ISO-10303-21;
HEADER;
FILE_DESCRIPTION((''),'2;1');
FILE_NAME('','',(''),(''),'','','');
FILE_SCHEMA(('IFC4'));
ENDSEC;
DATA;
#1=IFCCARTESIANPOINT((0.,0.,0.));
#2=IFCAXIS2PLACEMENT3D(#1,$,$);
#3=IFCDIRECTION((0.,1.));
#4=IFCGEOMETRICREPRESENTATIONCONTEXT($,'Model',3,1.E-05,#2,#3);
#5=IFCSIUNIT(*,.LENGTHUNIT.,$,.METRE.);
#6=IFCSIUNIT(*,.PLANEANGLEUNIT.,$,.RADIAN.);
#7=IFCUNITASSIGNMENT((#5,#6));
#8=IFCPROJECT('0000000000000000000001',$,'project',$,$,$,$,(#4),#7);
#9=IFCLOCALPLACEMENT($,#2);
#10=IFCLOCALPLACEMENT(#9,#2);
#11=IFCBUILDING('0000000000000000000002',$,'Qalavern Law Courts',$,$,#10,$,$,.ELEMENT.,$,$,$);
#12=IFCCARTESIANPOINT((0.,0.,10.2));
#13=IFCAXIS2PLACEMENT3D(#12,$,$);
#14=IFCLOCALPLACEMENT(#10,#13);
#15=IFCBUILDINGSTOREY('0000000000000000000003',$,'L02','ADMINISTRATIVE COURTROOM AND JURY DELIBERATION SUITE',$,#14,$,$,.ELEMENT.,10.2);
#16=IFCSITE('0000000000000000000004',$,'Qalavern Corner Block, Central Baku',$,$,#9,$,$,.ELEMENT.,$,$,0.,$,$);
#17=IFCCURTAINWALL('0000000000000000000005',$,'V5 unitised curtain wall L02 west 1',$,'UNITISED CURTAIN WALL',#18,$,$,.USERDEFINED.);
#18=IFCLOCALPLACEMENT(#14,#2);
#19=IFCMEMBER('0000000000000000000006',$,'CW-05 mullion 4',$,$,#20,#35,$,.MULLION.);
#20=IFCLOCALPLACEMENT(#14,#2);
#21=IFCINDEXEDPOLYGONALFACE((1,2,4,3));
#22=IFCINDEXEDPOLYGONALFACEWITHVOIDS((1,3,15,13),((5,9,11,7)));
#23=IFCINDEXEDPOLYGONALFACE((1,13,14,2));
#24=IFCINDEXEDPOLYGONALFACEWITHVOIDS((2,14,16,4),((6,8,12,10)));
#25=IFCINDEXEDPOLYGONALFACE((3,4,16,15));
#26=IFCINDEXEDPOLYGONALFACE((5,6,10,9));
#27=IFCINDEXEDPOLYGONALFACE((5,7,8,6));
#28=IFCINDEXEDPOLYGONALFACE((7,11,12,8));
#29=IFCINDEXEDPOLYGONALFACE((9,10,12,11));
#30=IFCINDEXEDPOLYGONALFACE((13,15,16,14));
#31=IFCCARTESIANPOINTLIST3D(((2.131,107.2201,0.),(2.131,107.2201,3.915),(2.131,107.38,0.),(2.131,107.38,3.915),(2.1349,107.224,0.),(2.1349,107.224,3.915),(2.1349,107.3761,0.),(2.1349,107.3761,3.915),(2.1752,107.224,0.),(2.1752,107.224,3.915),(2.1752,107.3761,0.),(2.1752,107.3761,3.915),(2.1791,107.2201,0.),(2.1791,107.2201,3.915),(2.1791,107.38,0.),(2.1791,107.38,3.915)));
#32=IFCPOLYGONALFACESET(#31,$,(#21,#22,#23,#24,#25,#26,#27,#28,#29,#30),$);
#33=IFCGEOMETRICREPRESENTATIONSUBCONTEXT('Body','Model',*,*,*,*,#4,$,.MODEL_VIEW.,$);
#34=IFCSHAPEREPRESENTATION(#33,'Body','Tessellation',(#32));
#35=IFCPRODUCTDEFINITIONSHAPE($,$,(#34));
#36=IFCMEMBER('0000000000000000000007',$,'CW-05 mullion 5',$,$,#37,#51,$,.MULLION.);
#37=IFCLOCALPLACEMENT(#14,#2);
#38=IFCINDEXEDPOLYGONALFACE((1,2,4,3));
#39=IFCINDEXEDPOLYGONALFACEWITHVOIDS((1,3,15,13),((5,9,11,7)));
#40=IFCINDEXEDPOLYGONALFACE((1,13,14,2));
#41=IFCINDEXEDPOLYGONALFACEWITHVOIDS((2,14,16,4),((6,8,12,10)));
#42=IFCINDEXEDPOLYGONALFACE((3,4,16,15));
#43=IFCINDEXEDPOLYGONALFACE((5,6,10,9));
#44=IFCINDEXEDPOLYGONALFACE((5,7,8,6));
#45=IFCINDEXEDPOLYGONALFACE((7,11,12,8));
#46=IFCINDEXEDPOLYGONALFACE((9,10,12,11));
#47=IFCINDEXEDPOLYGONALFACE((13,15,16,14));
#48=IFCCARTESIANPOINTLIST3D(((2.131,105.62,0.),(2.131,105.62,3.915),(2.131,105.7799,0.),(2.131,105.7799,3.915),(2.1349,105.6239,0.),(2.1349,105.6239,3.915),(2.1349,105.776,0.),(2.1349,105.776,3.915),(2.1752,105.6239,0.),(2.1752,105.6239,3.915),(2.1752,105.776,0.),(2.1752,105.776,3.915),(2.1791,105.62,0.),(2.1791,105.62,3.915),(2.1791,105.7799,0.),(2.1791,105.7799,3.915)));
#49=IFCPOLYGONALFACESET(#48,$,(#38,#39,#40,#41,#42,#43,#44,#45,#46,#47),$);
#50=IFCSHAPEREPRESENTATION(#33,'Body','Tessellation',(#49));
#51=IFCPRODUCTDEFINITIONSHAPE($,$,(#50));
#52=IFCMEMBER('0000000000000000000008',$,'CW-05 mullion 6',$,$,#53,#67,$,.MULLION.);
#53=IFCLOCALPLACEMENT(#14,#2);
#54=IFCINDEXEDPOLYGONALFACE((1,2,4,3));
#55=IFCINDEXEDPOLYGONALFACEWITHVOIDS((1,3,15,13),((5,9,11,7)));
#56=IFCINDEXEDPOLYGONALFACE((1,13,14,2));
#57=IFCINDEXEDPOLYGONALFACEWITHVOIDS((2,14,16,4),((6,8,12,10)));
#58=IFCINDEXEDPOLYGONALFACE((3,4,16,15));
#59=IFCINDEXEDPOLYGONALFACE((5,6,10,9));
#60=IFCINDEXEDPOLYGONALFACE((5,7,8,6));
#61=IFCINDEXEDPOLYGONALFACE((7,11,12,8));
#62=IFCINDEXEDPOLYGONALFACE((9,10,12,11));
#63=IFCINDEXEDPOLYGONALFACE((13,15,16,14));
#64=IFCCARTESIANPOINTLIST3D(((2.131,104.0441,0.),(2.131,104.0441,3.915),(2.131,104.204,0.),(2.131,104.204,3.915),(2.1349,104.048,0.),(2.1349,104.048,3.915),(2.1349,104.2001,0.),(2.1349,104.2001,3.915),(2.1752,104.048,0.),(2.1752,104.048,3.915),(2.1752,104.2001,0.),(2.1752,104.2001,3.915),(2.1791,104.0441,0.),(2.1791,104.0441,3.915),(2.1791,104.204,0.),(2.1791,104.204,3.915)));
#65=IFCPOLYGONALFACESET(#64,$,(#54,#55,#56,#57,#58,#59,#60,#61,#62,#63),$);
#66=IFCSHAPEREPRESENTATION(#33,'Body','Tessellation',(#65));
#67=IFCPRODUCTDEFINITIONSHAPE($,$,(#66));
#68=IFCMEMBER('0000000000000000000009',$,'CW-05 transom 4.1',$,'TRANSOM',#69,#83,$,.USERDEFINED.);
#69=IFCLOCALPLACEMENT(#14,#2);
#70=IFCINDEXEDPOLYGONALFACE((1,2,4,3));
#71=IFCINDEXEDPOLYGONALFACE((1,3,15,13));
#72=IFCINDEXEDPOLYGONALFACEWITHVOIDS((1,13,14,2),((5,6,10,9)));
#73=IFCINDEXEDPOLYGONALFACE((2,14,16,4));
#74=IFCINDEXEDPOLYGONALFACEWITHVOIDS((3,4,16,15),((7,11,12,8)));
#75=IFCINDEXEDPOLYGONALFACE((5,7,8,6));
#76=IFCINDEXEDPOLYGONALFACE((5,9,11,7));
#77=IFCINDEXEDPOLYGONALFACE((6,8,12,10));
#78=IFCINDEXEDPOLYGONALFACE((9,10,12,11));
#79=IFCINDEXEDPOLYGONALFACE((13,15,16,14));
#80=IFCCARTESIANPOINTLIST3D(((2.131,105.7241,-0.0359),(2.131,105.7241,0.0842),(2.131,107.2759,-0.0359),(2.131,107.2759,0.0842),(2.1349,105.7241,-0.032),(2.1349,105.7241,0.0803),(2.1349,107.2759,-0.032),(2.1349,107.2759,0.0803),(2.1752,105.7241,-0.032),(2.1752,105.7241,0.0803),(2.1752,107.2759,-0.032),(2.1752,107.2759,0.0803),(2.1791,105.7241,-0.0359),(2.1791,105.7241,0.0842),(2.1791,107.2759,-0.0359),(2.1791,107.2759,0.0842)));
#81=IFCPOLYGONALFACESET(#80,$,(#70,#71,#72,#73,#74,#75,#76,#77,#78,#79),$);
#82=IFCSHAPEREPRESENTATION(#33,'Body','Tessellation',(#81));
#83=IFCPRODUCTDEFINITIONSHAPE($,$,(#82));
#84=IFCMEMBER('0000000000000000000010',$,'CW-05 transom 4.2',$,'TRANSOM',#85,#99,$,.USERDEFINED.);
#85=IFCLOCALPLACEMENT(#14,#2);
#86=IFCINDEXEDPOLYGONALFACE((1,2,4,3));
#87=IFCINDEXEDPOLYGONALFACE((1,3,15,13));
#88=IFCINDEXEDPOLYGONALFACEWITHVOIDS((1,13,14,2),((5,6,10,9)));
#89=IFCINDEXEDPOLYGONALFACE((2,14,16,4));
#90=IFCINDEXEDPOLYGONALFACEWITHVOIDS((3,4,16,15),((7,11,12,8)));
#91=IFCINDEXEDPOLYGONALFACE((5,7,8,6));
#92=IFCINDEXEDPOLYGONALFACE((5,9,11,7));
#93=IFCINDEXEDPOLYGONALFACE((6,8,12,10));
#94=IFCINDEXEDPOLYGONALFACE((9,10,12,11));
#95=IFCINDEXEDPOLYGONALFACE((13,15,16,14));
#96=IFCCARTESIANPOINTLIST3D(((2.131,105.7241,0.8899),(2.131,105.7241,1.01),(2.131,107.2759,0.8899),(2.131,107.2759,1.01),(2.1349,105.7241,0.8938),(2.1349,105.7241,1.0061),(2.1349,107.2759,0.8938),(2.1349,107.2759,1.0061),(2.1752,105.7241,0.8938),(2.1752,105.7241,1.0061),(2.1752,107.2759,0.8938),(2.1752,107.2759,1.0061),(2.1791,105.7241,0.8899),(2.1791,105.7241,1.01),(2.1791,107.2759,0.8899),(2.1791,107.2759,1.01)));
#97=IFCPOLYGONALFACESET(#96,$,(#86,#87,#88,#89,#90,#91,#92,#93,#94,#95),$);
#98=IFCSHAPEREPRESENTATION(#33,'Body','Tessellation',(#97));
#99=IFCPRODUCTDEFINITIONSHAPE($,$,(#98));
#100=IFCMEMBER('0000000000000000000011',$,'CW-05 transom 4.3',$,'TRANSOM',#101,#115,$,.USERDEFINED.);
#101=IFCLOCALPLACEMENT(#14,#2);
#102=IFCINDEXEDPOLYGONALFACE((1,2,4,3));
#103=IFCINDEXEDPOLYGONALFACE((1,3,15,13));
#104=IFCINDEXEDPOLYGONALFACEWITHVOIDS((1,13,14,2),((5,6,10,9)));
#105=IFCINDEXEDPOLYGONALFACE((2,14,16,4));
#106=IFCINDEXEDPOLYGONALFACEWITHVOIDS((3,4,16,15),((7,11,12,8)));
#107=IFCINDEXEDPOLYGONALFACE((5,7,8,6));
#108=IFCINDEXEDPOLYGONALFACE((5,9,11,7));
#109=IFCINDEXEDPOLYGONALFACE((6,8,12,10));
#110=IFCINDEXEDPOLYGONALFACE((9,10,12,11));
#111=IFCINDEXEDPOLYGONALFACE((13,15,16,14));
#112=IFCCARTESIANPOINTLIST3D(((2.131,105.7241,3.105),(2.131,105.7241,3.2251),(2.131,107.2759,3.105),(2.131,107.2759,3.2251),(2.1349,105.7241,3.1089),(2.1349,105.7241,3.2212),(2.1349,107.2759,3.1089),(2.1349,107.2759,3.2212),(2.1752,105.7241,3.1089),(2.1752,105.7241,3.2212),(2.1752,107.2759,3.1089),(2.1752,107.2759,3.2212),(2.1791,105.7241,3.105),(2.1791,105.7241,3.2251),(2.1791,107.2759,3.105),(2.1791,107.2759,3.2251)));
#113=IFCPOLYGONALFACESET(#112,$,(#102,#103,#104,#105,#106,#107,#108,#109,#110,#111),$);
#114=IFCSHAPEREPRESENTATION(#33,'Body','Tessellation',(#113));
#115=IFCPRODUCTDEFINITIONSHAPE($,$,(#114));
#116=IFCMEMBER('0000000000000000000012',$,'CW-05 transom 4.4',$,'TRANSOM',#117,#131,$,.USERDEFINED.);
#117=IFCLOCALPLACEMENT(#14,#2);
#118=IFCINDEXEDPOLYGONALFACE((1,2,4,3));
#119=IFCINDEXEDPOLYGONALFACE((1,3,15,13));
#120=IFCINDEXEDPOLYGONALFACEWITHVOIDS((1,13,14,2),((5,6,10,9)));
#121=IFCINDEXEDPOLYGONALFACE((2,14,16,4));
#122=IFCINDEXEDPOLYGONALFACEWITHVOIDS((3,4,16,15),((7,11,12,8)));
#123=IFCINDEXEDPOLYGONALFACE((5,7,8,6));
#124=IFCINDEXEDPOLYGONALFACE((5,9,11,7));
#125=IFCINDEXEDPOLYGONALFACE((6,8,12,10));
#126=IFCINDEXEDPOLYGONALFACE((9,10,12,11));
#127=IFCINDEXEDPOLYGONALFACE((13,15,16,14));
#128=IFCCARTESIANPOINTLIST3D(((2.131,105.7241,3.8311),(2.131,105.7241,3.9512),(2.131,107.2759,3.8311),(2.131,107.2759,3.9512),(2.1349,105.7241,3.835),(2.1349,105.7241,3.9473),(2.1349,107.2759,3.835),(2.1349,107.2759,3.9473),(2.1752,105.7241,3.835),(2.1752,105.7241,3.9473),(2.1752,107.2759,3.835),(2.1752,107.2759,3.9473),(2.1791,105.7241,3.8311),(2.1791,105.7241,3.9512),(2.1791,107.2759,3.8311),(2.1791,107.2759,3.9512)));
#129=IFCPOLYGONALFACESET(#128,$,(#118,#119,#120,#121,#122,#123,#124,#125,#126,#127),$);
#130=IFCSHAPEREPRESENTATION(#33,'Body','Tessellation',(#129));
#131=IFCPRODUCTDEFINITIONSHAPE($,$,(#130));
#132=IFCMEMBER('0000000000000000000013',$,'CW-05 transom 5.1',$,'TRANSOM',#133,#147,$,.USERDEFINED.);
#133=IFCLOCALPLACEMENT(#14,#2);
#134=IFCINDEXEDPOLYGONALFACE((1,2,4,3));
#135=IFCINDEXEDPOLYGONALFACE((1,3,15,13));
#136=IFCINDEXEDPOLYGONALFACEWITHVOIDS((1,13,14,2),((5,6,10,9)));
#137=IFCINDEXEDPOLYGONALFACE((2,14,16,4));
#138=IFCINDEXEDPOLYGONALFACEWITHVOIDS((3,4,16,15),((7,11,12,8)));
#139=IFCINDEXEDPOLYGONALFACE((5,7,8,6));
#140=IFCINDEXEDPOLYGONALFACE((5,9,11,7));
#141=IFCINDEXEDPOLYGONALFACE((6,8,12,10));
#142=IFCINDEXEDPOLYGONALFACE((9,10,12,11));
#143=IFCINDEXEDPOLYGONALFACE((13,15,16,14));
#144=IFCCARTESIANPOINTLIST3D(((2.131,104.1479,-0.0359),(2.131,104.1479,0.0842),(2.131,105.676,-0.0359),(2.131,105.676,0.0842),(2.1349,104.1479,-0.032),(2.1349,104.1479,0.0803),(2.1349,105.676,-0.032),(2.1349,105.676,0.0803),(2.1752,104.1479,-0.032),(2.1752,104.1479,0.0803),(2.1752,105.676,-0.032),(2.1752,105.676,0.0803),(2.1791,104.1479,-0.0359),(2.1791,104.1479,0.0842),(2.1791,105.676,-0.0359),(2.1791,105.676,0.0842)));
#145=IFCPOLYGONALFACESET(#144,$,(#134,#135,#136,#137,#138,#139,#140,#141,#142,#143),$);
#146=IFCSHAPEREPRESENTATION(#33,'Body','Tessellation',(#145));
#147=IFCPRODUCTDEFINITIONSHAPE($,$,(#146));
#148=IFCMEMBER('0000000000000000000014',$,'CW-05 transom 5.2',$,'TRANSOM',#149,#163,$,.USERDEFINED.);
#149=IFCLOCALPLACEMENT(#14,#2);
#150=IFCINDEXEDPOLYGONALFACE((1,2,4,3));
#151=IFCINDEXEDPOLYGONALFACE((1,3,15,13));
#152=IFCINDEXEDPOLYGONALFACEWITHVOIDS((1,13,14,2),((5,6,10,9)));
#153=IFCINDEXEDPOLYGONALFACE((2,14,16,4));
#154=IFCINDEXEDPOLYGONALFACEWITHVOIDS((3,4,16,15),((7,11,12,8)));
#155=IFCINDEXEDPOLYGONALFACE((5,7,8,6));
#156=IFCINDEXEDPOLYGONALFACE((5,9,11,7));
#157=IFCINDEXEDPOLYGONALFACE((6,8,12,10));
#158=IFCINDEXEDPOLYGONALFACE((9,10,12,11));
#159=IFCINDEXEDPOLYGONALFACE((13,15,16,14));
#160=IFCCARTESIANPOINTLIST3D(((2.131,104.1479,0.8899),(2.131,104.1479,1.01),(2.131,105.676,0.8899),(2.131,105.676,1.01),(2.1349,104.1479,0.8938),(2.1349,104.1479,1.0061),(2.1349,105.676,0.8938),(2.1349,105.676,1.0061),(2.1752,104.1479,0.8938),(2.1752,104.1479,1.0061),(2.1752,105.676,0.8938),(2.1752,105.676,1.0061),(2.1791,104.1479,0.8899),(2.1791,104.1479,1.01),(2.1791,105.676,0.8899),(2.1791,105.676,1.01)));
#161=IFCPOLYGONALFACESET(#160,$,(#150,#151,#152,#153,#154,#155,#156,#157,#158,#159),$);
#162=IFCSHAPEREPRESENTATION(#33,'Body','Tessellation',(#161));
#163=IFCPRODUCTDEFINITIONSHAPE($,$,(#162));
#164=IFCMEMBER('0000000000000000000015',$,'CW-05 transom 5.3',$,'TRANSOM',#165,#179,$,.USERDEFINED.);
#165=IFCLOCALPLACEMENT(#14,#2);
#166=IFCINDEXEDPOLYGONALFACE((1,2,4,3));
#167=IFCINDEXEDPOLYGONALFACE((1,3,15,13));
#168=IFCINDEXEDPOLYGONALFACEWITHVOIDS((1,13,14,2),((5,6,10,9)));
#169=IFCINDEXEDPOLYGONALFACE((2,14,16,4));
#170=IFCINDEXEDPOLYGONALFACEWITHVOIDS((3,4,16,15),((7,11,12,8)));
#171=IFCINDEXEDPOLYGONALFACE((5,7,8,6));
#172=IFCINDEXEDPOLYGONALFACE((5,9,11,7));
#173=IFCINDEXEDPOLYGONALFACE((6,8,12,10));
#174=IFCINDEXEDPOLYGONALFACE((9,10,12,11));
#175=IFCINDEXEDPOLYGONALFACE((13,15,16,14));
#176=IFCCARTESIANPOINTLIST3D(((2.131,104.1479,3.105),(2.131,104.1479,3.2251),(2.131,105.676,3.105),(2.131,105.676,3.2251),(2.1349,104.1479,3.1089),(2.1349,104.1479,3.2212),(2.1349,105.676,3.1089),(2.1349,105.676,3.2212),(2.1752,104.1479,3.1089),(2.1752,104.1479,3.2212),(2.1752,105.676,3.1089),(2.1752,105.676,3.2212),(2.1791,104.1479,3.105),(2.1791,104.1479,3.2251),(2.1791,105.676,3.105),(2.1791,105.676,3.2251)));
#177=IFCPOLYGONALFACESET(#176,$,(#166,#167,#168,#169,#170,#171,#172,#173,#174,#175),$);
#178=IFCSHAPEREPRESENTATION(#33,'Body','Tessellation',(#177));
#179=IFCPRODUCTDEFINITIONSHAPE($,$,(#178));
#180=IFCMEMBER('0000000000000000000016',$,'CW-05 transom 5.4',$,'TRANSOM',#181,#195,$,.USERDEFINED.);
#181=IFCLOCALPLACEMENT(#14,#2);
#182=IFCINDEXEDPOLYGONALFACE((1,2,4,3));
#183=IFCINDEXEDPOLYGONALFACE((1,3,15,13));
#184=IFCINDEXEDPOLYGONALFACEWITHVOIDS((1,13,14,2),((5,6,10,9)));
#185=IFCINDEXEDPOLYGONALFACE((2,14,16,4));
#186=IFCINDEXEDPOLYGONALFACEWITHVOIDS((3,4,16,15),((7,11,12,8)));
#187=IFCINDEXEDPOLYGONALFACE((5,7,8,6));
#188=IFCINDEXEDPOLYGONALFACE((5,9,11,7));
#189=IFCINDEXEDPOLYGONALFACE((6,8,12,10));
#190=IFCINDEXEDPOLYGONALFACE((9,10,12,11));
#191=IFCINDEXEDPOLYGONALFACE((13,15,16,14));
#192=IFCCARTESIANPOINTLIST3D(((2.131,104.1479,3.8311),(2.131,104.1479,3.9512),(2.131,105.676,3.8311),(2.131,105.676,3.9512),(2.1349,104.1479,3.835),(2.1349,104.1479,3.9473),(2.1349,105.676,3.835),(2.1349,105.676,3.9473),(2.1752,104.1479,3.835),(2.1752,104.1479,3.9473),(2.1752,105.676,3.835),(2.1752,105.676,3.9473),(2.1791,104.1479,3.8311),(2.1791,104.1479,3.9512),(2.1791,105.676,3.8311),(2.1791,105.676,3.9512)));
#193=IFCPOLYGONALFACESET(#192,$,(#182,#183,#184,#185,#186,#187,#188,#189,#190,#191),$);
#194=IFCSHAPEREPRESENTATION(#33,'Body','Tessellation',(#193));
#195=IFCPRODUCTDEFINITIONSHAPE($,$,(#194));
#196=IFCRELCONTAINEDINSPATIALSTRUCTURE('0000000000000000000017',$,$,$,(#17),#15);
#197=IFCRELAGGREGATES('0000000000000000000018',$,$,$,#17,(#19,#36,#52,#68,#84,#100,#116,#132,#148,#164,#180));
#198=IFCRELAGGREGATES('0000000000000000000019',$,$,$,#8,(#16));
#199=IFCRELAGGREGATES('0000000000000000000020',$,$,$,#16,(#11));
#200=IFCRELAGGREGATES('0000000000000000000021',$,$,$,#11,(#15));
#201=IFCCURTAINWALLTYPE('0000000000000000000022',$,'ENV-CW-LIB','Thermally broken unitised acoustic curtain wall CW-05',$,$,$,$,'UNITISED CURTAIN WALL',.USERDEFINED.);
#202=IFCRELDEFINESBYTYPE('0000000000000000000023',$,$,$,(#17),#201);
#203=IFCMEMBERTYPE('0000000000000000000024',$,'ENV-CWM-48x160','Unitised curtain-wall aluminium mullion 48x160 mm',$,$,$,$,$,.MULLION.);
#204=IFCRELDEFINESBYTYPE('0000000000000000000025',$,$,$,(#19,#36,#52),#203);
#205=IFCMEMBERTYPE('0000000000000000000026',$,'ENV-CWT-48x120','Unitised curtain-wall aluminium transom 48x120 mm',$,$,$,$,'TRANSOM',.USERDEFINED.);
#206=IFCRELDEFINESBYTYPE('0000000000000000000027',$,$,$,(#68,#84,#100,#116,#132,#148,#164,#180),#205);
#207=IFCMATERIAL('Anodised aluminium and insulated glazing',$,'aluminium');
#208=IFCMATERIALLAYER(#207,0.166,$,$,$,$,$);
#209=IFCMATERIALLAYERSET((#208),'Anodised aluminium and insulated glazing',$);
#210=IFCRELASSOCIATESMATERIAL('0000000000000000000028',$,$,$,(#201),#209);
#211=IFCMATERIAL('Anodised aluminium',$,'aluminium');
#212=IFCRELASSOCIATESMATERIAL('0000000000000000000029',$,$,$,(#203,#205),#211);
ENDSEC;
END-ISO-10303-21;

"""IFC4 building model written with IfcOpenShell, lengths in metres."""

from ifc_helpers import new_model, si_unit, direction, frame, origin, origin_2d, place, context, subcontext, project, spatial, hollow_rectangle, extrude, material, layer, layer_set, material_profile, profile_set, type_object, element, aggregate, save


model = new_model("IFC4")

# Units and contexts
model_context = context("Model", 3, precision=1e-05, world=origin(), true_north=direction((0.0, 1.0)))
body_context = subcontext(model_context, "Body", "Model", "MODEL_VIEW")
ifc_project = project(units=[si_unit("LENGTHUNIT", "METRE"), si_unit("PLANEANGLEUNIT", "RADIAN")], contexts=[model_context])

# Site, building, storey
site_placement = place(None, origin())
site = spatial("IfcSite", under=ifc_project, at=site_placement, Name="Qalavern Corner Block, Central Baku", CompositionType="ELEMENT", RefElevation=0.0)
building_placement = place(site_placement, origin())
building = spatial("IfcBuilding", under=site, at=building_placement, Name="Qalavern Law Courts", CompositionType="ELEMENT")
storey_placement = place(building_placement, frame((0.0, 0.0, 10.2)))
storey = spatial("IfcBuildingStorey", under=building, at=storey_placement, Name="L02", Description="ADMINISTRATIVE COURTROOM AND JURY DELIBERATION SUITE", CompositionType="ELEMENT", Elevation=10.2)

# Curtain wall, members
ifc_material_1 = material(Name="Anodised aluminium and insulated glazing", Category="aluminium")
ifc_layer_1 = layer(ifc_material_1, 0.166)
ifc_layer_set_1 = layer_set([ifc_layer_1], Name="Anodised aluminium and insulated glazing")
curtain_wall_type = type_object("IfcCurtainWallType", Name="ENV-CW-LIB", Description="Thermally broken unitised acoustic curtain wall CW-05", ElementType="UNITISED CURTAIN WALL", PredefinedType="USERDEFINED", material=ifc_layer_set_1)
curtain_wall_placement = place(storey_placement, origin())
curtain_wall = element("IfcCurtainWall", 1, at=curtain_wall_placement, inside=storey, type_object=curtain_wall_type, Name="V5 unitised curtain wall L02 west 1", ObjectType="UNITISED CURTAIN WALL", PredefinedType="USERDEFINED")
ifc_material_2 = material(Name="Anodised aluminium", Category="aluminium")
ifc_material_profile_1 = material_profile(ifc_material_2, hollow_rectangle(XDim=0.0481, YDim=0.1599, WallThickness=0.0039, at=origin_2d()), Name="ALU MULLION 48x160")
ifc_profile_set_1 = profile_set([ifc_material_profile_1], Name="Anodised aluminium")
member_type_1 = type_object("IfcMemberType", Name="ENV-CWM-48x160", Description="Unitised curtain-wall aluminium mullion 48x160 mm", PredefinedType="MULLION", material=ifc_profile_set_1)
member_1_placement = place(storey_placement, frame((2.155, 107.3, 0.0), z_axis=(0.0, 0.0, 1.0), x_axis=(1.0, 0.0, 0.0)))
member_1 = element("IfcMember", 2, at=member_1_placement, type_object=member_type_1, Name="CW-05 mullion 4", PredefinedType="MULLION", context=body_context, shape_type="SweptSolid", body=[
    extrude(hollow_rectangle(XDim=0.0481, YDim=0.1599, WallThickness=0.0039, at=origin_2d()), origin(), (0.0, 0.0, 1.0), 3.915),
])
member_2_placement = place(storey_placement, frame((2.155, 105.7, 0.0), z_axis=(0.0, 0.0, 1.0), x_axis=(1.0, 0.0, 0.0)))
member_2 = element("IfcMember", 3, at=member_2_placement, type_object=member_type_1, Name="CW-05 mullion 5", PredefinedType="MULLION", context=body_context, shape_type="SweptSolid", body=[
    extrude(hollow_rectangle(XDim=0.0481, YDim=0.1599, WallThickness=0.0039, at=origin_2d()), origin(), (0.0, 0.0, 1.0), 3.915),
])
member_3_placement = place(storey_placement, frame((2.155, 104.124, 0.0), z_axis=(0.0, 0.0, 1.0), x_axis=(1.0, 0.0, 0.0)))
member_3 = element("IfcMember", 4, at=member_3_placement, type_object=member_type_1, Name="CW-05 mullion 6", PredefinedType="MULLION", context=body_context, shape_type="SweptSolid", body=[
    extrude(hollow_rectangle(XDim=0.0481, YDim=0.1599, WallThickness=0.0039, at=origin_2d()), origin(), (0.0, 0.0, 1.0), 3.915),
])
ifc_material_profile_2 = material_profile(ifc_material_2, hollow_rectangle(XDim=0.0481, YDim=0.1201, WallThickness=0.0039, at=origin_2d()), Name="ALU TRANSOM 48x120")
ifc_profile_set_2 = profile_set([ifc_material_profile_2], Name="Anodised aluminium")
member_type_2 = type_object("IfcMemberType", Name="ENV-CWT-48x120", Description="Unitised curtain-wall aluminium transom 48x120 mm", ElementType="TRANSOM", PredefinedType="USERDEFINED", material=ifc_profile_set_2)
member_4_placement = place(storey_placement, frame((2.155, 107.2759, 0.0242), z_axis=(0.0, -1.0, 0.0), x_axis=(1.0, 0.0, 0.0)))
member_4 = element("IfcMember", 5, at=member_4_placement, type_object=member_type_2, Name="CW-05 transom 4.1", ObjectType="TRANSOM", PredefinedType="USERDEFINED", context=body_context, shape_type="SweptSolid", body=[
    extrude(hollow_rectangle(XDim=0.0481, YDim=0.1201, WallThickness=0.0039, at=origin_2d()), origin(), (0.0, 0.0, 1.0), 1.5518),
])
member_5_placement = place(storey_placement, frame((2.155, 107.2759, 0.95), z_axis=(0.0, -1.0, 0.0), x_axis=(1.0, 0.0, 0.0)))
member_5 = element("IfcMember", 6, at=member_5_placement, type_object=member_type_2, Name="CW-05 transom 4.2", ObjectType="TRANSOM", PredefinedType="USERDEFINED", context=body_context, shape_type="SweptSolid", body=[
    extrude(hollow_rectangle(XDim=0.0481, YDim=0.1201, WallThickness=0.0039, at=origin_2d()), origin(), (0.0, 0.0, 1.0), 1.5518),
])
member_6_placement = place(storey_placement, frame((2.155, 107.2759, 3.165), z_axis=(0.0, -1.0, 0.0), x_axis=(1.0, 0.0, 0.0)))
member_6 = element("IfcMember", 7, at=member_6_placement, type_object=member_type_2, Name="CW-05 transom 4.3", ObjectType="TRANSOM", PredefinedType="USERDEFINED", context=body_context, shape_type="SweptSolid", body=[
    extrude(hollow_rectangle(XDim=0.0481, YDim=0.1201, WallThickness=0.0039, at=origin_2d()), origin(), (0.0, 0.0, 1.0), 1.5518),
])
member_7_placement = place(storey_placement, frame((2.155, 107.2759, 3.8911), z_axis=(0.0, -1.0, 0.0), x_axis=(1.0, 0.0, 0.0)))
member_7 = element("IfcMember", 8, at=member_7_placement, type_object=member_type_2, Name="CW-05 transom 4.4", ObjectType="TRANSOM", PredefinedType="USERDEFINED", context=body_context, shape_type="SweptSolid", body=[
    extrude(hollow_rectangle(XDim=0.0481, YDim=0.1201, WallThickness=0.0039, at=origin_2d()), origin(), (0.0, 0.0, 1.0), 1.5518),
])
member_8_placement = place(storey_placement, frame((2.155, 105.676, 0.0242), z_axis=(0.0, -1.0, 0.0), x_axis=(1.0, 0.0, 0.0)))
member_8 = element("IfcMember", 9, at=member_8_placement, type_object=member_type_2, Name="CW-05 transom 5.1", ObjectType="TRANSOM", PredefinedType="USERDEFINED", context=body_context, shape_type="SweptSolid", body=[
    extrude(hollow_rectangle(XDim=0.0481, YDim=0.1201, WallThickness=0.0039, at=origin_2d()), origin(), (0.0, 0.0, 1.0), 1.5281),
])
member_9_placement = place(storey_placement, frame((2.155, 105.676, 0.95), z_axis=(0.0, -1.0, 0.0), x_axis=(1.0, 0.0, 0.0)))
member_9 = element("IfcMember", 10, at=member_9_placement, type_object=member_type_2, Name="CW-05 transom 5.2", ObjectType="TRANSOM", PredefinedType="USERDEFINED", context=body_context, shape_type="SweptSolid", body=[
    extrude(hollow_rectangle(XDim=0.0481, YDim=0.1201, WallThickness=0.0039, at=origin_2d()), origin(), (0.0, 0.0, 1.0), 1.5281),
])
member_10_placement = place(storey_placement, frame((2.155, 105.676, 3.165), z_axis=(0.0, -1.0, 0.0), x_axis=(1.0, 0.0, 0.0)))
member_10 = element("IfcMember", 11, at=member_10_placement, type_object=member_type_2, Name="CW-05 transom 5.3", ObjectType="TRANSOM", PredefinedType="USERDEFINED", context=body_context, shape_type="SweptSolid", body=[
    extrude(hollow_rectangle(XDim=0.0481, YDim=0.1201, WallThickness=0.0039, at=origin_2d()), origin(), (0.0, 0.0, 1.0), 1.5281),
])
member_11_placement = place(storey_placement, frame((2.155, 105.676, 3.8911), z_axis=(0.0, -1.0, 0.0), x_axis=(1.0, 0.0, 0.0)))
member_11 = element("IfcMember", 12, at=member_11_placement, type_object=member_type_2, Name="CW-05 transom 5.4", ObjectType="TRANSOM", PredefinedType="USERDEFINED", context=body_context, shape_type="SweptSolid", body=[
    extrude(hollow_rectangle(XDim=0.0481, YDim=0.1201, WallThickness=0.0039, at=origin_2d()), origin(), (0.0, 0.0, 1.0), 1.5281),
])

aggregate(curtain_wall, [member_1, member_2, member_3, member_4, member_5, member_6, member_7, member_8, member_9, member_10, member_11])

save(model, "model.ifc")
